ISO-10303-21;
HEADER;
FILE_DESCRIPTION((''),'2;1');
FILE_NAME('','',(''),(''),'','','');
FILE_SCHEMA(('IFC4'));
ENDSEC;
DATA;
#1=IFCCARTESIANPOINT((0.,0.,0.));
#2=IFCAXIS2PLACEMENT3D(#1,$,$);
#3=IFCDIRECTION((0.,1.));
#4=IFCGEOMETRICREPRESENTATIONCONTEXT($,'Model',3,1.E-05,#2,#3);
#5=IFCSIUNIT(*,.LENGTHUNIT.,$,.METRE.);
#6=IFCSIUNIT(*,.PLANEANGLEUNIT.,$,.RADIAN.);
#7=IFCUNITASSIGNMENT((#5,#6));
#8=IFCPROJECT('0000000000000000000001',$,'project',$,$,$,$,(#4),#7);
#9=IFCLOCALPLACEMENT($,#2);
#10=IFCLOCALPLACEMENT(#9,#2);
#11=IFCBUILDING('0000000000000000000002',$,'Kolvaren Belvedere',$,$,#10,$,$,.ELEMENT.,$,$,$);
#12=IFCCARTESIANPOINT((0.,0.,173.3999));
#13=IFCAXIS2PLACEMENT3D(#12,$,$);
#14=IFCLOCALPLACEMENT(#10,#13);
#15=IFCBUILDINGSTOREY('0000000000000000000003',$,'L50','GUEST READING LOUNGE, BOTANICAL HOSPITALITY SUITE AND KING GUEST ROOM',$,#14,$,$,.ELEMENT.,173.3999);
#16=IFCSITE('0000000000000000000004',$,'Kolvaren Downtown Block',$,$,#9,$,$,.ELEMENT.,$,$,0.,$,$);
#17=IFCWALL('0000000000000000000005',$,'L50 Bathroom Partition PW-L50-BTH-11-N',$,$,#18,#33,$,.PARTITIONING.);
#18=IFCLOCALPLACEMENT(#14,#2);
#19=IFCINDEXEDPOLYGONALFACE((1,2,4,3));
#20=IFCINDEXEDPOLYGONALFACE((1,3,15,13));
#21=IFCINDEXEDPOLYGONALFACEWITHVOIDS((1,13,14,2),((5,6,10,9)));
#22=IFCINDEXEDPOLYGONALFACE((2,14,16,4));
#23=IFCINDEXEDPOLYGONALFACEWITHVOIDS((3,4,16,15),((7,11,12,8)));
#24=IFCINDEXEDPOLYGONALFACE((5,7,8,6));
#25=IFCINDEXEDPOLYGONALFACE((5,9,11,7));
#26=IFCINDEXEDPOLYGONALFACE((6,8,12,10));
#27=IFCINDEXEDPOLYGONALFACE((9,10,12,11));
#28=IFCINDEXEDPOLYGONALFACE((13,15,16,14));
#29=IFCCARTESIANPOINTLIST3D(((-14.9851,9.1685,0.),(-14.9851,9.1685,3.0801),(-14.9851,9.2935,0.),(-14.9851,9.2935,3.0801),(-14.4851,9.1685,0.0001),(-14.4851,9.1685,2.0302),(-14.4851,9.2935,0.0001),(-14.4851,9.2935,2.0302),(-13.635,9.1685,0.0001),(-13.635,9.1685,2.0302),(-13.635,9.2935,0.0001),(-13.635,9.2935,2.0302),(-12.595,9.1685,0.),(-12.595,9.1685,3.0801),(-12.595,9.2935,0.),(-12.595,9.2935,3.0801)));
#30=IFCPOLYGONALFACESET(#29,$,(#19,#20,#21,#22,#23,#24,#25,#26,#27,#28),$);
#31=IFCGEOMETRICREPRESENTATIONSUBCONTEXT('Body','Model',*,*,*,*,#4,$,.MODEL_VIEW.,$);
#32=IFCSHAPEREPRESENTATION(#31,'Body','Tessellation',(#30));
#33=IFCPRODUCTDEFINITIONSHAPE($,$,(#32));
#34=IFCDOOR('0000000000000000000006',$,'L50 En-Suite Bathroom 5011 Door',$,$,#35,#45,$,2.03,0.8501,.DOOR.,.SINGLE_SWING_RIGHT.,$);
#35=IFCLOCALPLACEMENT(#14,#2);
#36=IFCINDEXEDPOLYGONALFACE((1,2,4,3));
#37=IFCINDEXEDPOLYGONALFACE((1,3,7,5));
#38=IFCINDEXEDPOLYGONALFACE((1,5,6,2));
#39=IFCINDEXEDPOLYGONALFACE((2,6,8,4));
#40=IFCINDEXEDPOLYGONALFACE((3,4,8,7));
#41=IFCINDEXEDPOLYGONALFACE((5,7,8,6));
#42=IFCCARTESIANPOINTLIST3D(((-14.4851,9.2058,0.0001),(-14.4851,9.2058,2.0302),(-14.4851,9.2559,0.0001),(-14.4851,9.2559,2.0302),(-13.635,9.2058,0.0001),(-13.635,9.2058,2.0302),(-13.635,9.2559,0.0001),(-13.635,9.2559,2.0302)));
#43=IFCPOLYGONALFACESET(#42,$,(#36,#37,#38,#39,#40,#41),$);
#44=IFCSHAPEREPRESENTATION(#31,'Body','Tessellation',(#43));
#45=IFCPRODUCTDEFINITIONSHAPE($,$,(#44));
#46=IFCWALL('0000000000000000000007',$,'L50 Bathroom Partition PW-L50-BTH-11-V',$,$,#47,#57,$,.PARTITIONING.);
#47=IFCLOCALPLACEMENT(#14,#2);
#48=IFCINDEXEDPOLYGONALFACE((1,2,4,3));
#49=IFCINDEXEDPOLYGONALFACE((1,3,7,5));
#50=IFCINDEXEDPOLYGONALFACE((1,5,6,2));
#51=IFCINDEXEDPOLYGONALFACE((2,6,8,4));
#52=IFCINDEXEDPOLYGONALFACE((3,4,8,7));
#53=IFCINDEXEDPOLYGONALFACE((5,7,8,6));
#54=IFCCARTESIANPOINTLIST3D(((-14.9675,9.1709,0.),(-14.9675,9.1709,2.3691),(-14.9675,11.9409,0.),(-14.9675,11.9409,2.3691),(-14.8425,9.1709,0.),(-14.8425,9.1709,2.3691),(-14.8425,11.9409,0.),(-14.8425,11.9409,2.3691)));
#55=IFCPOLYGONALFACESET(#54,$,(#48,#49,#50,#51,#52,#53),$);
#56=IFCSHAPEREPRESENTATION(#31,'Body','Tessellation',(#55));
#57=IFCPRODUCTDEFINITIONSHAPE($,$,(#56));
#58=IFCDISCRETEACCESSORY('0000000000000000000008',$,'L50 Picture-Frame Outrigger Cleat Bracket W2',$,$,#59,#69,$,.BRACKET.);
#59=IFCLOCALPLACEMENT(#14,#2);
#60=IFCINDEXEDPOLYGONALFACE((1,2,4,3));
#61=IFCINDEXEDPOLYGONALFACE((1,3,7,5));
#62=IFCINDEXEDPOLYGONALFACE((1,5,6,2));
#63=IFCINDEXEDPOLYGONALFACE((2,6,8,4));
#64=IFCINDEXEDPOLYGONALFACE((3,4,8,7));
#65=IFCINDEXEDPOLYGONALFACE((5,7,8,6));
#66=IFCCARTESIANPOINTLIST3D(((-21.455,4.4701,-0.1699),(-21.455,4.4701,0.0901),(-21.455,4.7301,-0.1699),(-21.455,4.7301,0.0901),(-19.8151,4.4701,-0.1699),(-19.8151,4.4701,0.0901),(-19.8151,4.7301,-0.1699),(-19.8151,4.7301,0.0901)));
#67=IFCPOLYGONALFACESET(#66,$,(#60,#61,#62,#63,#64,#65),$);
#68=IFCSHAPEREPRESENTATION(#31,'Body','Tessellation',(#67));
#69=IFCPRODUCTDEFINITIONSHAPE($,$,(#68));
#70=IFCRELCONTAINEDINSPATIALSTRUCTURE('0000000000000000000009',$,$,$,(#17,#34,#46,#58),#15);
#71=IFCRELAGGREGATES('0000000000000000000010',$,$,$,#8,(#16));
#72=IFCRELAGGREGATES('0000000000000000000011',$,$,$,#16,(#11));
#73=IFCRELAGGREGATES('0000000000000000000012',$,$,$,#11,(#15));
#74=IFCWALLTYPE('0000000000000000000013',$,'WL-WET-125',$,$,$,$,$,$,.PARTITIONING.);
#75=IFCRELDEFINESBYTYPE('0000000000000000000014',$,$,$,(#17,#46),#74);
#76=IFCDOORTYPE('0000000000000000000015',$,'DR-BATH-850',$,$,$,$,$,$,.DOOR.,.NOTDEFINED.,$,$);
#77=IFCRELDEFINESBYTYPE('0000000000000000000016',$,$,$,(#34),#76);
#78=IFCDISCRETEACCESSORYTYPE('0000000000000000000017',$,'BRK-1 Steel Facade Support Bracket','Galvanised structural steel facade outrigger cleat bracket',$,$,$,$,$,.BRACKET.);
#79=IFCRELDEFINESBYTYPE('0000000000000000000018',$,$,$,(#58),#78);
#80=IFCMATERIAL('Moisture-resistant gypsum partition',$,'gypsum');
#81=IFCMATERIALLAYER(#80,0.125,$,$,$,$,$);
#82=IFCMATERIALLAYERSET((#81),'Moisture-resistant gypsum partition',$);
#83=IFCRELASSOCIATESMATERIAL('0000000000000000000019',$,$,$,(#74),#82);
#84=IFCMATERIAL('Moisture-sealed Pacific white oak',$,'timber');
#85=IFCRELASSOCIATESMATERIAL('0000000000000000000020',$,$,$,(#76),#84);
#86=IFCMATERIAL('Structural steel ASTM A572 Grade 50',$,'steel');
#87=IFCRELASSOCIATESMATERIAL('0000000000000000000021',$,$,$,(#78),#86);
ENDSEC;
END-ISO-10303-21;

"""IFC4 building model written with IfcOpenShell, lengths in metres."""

from ifc_helpers import new_model, si_unit, direction, frame, frame_2d, origin, origin_2d, place, context, subcontext, project, spatial, rectangle, extrude, material, layer, layer_set, type_object, element, fill, save


model = new_model("IFC4")

# Units and contexts
model_context = context("Model", 3, precision=1e-05, world=origin(), true_north=direction((0.0, 1.0)))
body_context = subcontext(model_context, "Body", "Model", "MODEL_VIEW")
ifc_project = project(units=[si_unit("LENGTHUNIT", "METRE"), si_unit("PLANEANGLEUNIT", "RADIAN")], contexts=[model_context])

# Site, building, storey
site_placement = place(None, origin())
site = spatial("IfcSite", under=ifc_project, at=site_placement, Name="Kolvaren Downtown Block", CompositionType="ELEMENT", RefElevation=0.0)
building_placement = place(site_placement, origin())
building = spatial("IfcBuilding", under=site, at=building_placement, Name="Kolvaren Belvedere", CompositionType="ELEMENT")
storey_placement = place(building_placement, frame((0.0, 0.0, 173.3999)))
storey = spatial("IfcBuildingStorey", under=building, at=storey_placement, Name="L50", Description="GUEST READING LOUNGE, BOTANICAL HOSPITALITY SUITE AND KING GUEST ROOM", CompositionType="ELEMENT", Elevation=173.3999)

# Wall, opening, door
ifc_material_1 = material(Name="Moisture-resistant gypsum partition", Category="gypsum")
ifc_layer_1 = layer(ifc_material_1, 0.125)
ifc_layer_set_1 = layer_set([ifc_layer_1], Name="Moisture-resistant gypsum partition")
wall_type_1 = type_object("IfcWallType", Name="WL-WET-125", PredefinedType="PARTITIONING", material=ifc_layer_set_1)
ifc_material_2 = material(Name="Moisture-sealed Pacific white oak", Category="timber")
door_type = type_object("IfcDoorType", Name="DR-BATH-850", OperationType="NOTDEFINED", PredefinedType="DOOR", material=ifc_material_2)
wall_1_placement = place(storey_placement, frame((-14.9851, 9.231, 0.0), z_axis=(0.0, 0.0, 1.0), x_axis=(1.0, 0.0, 0.0)))
wall_1 = element("IfcWall", 1, at=wall_1_placement, inside=storey, type_object=wall_type_1, Name="L50 Bathroom Partition PW-L50-BTH-11-N", PredefinedType="PARTITIONING", context=body_context, shape_type="SweptSolid", body=[
    extrude(rectangle(XDim=2.3901, YDim=0.125, at=frame_2d((1.1951, 0.0))), origin(), (0.0, 0.0, 1.0), 3.0801),
])
opening_1_placement = place(wall_1_placement, frame((0.5, 0.0, 0.0)))
opening_1 = element("IfcOpeningElement", 2, at=opening_1_placement, cuts=wall_1, PredefinedType="OPENING", context=body_context, shape_type="SweptSolid", body=[
    extrude(rectangle(XDim=0.8501, YDim=2.03, at=frame_2d((0.425, 1.0151))), frame((0.0, 0.0725, 0.0), z_axis=(0.0, -1.0, 0.0), x_axis=(1.0, 0.0, 0.0)), (0.0, 0.0, 1.0), 0.145),
])
door_1_placement = place(opening_1_placement, origin())
door_1 = element("IfcDoor", 3, at=door_1_placement, inside=storey, type_object=door_type, Name="L50 En-Suite Bathroom 5011 Door", OperationType="SINGLE_SWING_RIGHT", OverallHeight=2.03, OverallWidth=0.8501, PredefinedType="DOOR", context=body_context, shape_type="SweptSolid", body=[
    extrude(rectangle(XDim=0.8501, YDim=2.03, at=frame_2d((0.425, 1.0151))), frame((0.0, 0.0249, 0.0), z_axis=(0.0, -1.0, 0.0), x_axis=(1.0, 0.0, 0.0)), (0.0, 0.0, 1.0), 0.05),
])
fill(opening_1, door_1)

# Wall
wall_2_placement = place(storey_placement, frame((-14.905, 9.1709, 0.0), z_axis=(0.0, 0.0, 1.0), x_axis=(0.0, 1.0, 0.0)))
element("IfcWall", 4, at=wall_2_placement, inside=storey, type_object=wall_type_1, Name="L50 Bathroom Partition PW-L50-BTH-11-V", PredefinedType="PARTITIONING", context=body_context, shape_type="SweptSolid", body=[
    extrude(rectangle(XDim=2.77, YDim=0.125, at=frame_2d((1.385, 0.0))), origin(), (0.0, 0.0, 1.0), 2.3691),
])

# Discrete accessory
ifc_material_3 = material(Name="Structural steel ASTM A572 Grade 50", Category="steel")
discrete_accessory_type = type_object("IfcDiscreteAccessoryType", Name="BRK-1 Steel Facade Support Bracket", Description="Galvanised structural steel facade outrigger cleat bracket", PredefinedType="BRACKET", material=ifc_material_3)
discrete_accessory_placement = place(storey_placement, frame((-20.635, 4.6001, -0.1699), z_axis=(0.0, 0.0, 1.0), x_axis=(1.0, 0.0, 0.0)))
element("IfcDiscreteAccessory", 5, at=discrete_accessory_placement, inside=storey, type_object=discrete_accessory_type, Name="L50 Picture-Frame Outrigger Cleat Bracket W2", PredefinedType="BRACKET", context=body_context, shape_type="SweptSolid", body=[
    extrude(rectangle(XDim=1.6399, YDim=0.26, at=origin_2d()), origin(), (0.0, 0.0, 1.0), 0.26),
])

save(model, "model.ifc")
